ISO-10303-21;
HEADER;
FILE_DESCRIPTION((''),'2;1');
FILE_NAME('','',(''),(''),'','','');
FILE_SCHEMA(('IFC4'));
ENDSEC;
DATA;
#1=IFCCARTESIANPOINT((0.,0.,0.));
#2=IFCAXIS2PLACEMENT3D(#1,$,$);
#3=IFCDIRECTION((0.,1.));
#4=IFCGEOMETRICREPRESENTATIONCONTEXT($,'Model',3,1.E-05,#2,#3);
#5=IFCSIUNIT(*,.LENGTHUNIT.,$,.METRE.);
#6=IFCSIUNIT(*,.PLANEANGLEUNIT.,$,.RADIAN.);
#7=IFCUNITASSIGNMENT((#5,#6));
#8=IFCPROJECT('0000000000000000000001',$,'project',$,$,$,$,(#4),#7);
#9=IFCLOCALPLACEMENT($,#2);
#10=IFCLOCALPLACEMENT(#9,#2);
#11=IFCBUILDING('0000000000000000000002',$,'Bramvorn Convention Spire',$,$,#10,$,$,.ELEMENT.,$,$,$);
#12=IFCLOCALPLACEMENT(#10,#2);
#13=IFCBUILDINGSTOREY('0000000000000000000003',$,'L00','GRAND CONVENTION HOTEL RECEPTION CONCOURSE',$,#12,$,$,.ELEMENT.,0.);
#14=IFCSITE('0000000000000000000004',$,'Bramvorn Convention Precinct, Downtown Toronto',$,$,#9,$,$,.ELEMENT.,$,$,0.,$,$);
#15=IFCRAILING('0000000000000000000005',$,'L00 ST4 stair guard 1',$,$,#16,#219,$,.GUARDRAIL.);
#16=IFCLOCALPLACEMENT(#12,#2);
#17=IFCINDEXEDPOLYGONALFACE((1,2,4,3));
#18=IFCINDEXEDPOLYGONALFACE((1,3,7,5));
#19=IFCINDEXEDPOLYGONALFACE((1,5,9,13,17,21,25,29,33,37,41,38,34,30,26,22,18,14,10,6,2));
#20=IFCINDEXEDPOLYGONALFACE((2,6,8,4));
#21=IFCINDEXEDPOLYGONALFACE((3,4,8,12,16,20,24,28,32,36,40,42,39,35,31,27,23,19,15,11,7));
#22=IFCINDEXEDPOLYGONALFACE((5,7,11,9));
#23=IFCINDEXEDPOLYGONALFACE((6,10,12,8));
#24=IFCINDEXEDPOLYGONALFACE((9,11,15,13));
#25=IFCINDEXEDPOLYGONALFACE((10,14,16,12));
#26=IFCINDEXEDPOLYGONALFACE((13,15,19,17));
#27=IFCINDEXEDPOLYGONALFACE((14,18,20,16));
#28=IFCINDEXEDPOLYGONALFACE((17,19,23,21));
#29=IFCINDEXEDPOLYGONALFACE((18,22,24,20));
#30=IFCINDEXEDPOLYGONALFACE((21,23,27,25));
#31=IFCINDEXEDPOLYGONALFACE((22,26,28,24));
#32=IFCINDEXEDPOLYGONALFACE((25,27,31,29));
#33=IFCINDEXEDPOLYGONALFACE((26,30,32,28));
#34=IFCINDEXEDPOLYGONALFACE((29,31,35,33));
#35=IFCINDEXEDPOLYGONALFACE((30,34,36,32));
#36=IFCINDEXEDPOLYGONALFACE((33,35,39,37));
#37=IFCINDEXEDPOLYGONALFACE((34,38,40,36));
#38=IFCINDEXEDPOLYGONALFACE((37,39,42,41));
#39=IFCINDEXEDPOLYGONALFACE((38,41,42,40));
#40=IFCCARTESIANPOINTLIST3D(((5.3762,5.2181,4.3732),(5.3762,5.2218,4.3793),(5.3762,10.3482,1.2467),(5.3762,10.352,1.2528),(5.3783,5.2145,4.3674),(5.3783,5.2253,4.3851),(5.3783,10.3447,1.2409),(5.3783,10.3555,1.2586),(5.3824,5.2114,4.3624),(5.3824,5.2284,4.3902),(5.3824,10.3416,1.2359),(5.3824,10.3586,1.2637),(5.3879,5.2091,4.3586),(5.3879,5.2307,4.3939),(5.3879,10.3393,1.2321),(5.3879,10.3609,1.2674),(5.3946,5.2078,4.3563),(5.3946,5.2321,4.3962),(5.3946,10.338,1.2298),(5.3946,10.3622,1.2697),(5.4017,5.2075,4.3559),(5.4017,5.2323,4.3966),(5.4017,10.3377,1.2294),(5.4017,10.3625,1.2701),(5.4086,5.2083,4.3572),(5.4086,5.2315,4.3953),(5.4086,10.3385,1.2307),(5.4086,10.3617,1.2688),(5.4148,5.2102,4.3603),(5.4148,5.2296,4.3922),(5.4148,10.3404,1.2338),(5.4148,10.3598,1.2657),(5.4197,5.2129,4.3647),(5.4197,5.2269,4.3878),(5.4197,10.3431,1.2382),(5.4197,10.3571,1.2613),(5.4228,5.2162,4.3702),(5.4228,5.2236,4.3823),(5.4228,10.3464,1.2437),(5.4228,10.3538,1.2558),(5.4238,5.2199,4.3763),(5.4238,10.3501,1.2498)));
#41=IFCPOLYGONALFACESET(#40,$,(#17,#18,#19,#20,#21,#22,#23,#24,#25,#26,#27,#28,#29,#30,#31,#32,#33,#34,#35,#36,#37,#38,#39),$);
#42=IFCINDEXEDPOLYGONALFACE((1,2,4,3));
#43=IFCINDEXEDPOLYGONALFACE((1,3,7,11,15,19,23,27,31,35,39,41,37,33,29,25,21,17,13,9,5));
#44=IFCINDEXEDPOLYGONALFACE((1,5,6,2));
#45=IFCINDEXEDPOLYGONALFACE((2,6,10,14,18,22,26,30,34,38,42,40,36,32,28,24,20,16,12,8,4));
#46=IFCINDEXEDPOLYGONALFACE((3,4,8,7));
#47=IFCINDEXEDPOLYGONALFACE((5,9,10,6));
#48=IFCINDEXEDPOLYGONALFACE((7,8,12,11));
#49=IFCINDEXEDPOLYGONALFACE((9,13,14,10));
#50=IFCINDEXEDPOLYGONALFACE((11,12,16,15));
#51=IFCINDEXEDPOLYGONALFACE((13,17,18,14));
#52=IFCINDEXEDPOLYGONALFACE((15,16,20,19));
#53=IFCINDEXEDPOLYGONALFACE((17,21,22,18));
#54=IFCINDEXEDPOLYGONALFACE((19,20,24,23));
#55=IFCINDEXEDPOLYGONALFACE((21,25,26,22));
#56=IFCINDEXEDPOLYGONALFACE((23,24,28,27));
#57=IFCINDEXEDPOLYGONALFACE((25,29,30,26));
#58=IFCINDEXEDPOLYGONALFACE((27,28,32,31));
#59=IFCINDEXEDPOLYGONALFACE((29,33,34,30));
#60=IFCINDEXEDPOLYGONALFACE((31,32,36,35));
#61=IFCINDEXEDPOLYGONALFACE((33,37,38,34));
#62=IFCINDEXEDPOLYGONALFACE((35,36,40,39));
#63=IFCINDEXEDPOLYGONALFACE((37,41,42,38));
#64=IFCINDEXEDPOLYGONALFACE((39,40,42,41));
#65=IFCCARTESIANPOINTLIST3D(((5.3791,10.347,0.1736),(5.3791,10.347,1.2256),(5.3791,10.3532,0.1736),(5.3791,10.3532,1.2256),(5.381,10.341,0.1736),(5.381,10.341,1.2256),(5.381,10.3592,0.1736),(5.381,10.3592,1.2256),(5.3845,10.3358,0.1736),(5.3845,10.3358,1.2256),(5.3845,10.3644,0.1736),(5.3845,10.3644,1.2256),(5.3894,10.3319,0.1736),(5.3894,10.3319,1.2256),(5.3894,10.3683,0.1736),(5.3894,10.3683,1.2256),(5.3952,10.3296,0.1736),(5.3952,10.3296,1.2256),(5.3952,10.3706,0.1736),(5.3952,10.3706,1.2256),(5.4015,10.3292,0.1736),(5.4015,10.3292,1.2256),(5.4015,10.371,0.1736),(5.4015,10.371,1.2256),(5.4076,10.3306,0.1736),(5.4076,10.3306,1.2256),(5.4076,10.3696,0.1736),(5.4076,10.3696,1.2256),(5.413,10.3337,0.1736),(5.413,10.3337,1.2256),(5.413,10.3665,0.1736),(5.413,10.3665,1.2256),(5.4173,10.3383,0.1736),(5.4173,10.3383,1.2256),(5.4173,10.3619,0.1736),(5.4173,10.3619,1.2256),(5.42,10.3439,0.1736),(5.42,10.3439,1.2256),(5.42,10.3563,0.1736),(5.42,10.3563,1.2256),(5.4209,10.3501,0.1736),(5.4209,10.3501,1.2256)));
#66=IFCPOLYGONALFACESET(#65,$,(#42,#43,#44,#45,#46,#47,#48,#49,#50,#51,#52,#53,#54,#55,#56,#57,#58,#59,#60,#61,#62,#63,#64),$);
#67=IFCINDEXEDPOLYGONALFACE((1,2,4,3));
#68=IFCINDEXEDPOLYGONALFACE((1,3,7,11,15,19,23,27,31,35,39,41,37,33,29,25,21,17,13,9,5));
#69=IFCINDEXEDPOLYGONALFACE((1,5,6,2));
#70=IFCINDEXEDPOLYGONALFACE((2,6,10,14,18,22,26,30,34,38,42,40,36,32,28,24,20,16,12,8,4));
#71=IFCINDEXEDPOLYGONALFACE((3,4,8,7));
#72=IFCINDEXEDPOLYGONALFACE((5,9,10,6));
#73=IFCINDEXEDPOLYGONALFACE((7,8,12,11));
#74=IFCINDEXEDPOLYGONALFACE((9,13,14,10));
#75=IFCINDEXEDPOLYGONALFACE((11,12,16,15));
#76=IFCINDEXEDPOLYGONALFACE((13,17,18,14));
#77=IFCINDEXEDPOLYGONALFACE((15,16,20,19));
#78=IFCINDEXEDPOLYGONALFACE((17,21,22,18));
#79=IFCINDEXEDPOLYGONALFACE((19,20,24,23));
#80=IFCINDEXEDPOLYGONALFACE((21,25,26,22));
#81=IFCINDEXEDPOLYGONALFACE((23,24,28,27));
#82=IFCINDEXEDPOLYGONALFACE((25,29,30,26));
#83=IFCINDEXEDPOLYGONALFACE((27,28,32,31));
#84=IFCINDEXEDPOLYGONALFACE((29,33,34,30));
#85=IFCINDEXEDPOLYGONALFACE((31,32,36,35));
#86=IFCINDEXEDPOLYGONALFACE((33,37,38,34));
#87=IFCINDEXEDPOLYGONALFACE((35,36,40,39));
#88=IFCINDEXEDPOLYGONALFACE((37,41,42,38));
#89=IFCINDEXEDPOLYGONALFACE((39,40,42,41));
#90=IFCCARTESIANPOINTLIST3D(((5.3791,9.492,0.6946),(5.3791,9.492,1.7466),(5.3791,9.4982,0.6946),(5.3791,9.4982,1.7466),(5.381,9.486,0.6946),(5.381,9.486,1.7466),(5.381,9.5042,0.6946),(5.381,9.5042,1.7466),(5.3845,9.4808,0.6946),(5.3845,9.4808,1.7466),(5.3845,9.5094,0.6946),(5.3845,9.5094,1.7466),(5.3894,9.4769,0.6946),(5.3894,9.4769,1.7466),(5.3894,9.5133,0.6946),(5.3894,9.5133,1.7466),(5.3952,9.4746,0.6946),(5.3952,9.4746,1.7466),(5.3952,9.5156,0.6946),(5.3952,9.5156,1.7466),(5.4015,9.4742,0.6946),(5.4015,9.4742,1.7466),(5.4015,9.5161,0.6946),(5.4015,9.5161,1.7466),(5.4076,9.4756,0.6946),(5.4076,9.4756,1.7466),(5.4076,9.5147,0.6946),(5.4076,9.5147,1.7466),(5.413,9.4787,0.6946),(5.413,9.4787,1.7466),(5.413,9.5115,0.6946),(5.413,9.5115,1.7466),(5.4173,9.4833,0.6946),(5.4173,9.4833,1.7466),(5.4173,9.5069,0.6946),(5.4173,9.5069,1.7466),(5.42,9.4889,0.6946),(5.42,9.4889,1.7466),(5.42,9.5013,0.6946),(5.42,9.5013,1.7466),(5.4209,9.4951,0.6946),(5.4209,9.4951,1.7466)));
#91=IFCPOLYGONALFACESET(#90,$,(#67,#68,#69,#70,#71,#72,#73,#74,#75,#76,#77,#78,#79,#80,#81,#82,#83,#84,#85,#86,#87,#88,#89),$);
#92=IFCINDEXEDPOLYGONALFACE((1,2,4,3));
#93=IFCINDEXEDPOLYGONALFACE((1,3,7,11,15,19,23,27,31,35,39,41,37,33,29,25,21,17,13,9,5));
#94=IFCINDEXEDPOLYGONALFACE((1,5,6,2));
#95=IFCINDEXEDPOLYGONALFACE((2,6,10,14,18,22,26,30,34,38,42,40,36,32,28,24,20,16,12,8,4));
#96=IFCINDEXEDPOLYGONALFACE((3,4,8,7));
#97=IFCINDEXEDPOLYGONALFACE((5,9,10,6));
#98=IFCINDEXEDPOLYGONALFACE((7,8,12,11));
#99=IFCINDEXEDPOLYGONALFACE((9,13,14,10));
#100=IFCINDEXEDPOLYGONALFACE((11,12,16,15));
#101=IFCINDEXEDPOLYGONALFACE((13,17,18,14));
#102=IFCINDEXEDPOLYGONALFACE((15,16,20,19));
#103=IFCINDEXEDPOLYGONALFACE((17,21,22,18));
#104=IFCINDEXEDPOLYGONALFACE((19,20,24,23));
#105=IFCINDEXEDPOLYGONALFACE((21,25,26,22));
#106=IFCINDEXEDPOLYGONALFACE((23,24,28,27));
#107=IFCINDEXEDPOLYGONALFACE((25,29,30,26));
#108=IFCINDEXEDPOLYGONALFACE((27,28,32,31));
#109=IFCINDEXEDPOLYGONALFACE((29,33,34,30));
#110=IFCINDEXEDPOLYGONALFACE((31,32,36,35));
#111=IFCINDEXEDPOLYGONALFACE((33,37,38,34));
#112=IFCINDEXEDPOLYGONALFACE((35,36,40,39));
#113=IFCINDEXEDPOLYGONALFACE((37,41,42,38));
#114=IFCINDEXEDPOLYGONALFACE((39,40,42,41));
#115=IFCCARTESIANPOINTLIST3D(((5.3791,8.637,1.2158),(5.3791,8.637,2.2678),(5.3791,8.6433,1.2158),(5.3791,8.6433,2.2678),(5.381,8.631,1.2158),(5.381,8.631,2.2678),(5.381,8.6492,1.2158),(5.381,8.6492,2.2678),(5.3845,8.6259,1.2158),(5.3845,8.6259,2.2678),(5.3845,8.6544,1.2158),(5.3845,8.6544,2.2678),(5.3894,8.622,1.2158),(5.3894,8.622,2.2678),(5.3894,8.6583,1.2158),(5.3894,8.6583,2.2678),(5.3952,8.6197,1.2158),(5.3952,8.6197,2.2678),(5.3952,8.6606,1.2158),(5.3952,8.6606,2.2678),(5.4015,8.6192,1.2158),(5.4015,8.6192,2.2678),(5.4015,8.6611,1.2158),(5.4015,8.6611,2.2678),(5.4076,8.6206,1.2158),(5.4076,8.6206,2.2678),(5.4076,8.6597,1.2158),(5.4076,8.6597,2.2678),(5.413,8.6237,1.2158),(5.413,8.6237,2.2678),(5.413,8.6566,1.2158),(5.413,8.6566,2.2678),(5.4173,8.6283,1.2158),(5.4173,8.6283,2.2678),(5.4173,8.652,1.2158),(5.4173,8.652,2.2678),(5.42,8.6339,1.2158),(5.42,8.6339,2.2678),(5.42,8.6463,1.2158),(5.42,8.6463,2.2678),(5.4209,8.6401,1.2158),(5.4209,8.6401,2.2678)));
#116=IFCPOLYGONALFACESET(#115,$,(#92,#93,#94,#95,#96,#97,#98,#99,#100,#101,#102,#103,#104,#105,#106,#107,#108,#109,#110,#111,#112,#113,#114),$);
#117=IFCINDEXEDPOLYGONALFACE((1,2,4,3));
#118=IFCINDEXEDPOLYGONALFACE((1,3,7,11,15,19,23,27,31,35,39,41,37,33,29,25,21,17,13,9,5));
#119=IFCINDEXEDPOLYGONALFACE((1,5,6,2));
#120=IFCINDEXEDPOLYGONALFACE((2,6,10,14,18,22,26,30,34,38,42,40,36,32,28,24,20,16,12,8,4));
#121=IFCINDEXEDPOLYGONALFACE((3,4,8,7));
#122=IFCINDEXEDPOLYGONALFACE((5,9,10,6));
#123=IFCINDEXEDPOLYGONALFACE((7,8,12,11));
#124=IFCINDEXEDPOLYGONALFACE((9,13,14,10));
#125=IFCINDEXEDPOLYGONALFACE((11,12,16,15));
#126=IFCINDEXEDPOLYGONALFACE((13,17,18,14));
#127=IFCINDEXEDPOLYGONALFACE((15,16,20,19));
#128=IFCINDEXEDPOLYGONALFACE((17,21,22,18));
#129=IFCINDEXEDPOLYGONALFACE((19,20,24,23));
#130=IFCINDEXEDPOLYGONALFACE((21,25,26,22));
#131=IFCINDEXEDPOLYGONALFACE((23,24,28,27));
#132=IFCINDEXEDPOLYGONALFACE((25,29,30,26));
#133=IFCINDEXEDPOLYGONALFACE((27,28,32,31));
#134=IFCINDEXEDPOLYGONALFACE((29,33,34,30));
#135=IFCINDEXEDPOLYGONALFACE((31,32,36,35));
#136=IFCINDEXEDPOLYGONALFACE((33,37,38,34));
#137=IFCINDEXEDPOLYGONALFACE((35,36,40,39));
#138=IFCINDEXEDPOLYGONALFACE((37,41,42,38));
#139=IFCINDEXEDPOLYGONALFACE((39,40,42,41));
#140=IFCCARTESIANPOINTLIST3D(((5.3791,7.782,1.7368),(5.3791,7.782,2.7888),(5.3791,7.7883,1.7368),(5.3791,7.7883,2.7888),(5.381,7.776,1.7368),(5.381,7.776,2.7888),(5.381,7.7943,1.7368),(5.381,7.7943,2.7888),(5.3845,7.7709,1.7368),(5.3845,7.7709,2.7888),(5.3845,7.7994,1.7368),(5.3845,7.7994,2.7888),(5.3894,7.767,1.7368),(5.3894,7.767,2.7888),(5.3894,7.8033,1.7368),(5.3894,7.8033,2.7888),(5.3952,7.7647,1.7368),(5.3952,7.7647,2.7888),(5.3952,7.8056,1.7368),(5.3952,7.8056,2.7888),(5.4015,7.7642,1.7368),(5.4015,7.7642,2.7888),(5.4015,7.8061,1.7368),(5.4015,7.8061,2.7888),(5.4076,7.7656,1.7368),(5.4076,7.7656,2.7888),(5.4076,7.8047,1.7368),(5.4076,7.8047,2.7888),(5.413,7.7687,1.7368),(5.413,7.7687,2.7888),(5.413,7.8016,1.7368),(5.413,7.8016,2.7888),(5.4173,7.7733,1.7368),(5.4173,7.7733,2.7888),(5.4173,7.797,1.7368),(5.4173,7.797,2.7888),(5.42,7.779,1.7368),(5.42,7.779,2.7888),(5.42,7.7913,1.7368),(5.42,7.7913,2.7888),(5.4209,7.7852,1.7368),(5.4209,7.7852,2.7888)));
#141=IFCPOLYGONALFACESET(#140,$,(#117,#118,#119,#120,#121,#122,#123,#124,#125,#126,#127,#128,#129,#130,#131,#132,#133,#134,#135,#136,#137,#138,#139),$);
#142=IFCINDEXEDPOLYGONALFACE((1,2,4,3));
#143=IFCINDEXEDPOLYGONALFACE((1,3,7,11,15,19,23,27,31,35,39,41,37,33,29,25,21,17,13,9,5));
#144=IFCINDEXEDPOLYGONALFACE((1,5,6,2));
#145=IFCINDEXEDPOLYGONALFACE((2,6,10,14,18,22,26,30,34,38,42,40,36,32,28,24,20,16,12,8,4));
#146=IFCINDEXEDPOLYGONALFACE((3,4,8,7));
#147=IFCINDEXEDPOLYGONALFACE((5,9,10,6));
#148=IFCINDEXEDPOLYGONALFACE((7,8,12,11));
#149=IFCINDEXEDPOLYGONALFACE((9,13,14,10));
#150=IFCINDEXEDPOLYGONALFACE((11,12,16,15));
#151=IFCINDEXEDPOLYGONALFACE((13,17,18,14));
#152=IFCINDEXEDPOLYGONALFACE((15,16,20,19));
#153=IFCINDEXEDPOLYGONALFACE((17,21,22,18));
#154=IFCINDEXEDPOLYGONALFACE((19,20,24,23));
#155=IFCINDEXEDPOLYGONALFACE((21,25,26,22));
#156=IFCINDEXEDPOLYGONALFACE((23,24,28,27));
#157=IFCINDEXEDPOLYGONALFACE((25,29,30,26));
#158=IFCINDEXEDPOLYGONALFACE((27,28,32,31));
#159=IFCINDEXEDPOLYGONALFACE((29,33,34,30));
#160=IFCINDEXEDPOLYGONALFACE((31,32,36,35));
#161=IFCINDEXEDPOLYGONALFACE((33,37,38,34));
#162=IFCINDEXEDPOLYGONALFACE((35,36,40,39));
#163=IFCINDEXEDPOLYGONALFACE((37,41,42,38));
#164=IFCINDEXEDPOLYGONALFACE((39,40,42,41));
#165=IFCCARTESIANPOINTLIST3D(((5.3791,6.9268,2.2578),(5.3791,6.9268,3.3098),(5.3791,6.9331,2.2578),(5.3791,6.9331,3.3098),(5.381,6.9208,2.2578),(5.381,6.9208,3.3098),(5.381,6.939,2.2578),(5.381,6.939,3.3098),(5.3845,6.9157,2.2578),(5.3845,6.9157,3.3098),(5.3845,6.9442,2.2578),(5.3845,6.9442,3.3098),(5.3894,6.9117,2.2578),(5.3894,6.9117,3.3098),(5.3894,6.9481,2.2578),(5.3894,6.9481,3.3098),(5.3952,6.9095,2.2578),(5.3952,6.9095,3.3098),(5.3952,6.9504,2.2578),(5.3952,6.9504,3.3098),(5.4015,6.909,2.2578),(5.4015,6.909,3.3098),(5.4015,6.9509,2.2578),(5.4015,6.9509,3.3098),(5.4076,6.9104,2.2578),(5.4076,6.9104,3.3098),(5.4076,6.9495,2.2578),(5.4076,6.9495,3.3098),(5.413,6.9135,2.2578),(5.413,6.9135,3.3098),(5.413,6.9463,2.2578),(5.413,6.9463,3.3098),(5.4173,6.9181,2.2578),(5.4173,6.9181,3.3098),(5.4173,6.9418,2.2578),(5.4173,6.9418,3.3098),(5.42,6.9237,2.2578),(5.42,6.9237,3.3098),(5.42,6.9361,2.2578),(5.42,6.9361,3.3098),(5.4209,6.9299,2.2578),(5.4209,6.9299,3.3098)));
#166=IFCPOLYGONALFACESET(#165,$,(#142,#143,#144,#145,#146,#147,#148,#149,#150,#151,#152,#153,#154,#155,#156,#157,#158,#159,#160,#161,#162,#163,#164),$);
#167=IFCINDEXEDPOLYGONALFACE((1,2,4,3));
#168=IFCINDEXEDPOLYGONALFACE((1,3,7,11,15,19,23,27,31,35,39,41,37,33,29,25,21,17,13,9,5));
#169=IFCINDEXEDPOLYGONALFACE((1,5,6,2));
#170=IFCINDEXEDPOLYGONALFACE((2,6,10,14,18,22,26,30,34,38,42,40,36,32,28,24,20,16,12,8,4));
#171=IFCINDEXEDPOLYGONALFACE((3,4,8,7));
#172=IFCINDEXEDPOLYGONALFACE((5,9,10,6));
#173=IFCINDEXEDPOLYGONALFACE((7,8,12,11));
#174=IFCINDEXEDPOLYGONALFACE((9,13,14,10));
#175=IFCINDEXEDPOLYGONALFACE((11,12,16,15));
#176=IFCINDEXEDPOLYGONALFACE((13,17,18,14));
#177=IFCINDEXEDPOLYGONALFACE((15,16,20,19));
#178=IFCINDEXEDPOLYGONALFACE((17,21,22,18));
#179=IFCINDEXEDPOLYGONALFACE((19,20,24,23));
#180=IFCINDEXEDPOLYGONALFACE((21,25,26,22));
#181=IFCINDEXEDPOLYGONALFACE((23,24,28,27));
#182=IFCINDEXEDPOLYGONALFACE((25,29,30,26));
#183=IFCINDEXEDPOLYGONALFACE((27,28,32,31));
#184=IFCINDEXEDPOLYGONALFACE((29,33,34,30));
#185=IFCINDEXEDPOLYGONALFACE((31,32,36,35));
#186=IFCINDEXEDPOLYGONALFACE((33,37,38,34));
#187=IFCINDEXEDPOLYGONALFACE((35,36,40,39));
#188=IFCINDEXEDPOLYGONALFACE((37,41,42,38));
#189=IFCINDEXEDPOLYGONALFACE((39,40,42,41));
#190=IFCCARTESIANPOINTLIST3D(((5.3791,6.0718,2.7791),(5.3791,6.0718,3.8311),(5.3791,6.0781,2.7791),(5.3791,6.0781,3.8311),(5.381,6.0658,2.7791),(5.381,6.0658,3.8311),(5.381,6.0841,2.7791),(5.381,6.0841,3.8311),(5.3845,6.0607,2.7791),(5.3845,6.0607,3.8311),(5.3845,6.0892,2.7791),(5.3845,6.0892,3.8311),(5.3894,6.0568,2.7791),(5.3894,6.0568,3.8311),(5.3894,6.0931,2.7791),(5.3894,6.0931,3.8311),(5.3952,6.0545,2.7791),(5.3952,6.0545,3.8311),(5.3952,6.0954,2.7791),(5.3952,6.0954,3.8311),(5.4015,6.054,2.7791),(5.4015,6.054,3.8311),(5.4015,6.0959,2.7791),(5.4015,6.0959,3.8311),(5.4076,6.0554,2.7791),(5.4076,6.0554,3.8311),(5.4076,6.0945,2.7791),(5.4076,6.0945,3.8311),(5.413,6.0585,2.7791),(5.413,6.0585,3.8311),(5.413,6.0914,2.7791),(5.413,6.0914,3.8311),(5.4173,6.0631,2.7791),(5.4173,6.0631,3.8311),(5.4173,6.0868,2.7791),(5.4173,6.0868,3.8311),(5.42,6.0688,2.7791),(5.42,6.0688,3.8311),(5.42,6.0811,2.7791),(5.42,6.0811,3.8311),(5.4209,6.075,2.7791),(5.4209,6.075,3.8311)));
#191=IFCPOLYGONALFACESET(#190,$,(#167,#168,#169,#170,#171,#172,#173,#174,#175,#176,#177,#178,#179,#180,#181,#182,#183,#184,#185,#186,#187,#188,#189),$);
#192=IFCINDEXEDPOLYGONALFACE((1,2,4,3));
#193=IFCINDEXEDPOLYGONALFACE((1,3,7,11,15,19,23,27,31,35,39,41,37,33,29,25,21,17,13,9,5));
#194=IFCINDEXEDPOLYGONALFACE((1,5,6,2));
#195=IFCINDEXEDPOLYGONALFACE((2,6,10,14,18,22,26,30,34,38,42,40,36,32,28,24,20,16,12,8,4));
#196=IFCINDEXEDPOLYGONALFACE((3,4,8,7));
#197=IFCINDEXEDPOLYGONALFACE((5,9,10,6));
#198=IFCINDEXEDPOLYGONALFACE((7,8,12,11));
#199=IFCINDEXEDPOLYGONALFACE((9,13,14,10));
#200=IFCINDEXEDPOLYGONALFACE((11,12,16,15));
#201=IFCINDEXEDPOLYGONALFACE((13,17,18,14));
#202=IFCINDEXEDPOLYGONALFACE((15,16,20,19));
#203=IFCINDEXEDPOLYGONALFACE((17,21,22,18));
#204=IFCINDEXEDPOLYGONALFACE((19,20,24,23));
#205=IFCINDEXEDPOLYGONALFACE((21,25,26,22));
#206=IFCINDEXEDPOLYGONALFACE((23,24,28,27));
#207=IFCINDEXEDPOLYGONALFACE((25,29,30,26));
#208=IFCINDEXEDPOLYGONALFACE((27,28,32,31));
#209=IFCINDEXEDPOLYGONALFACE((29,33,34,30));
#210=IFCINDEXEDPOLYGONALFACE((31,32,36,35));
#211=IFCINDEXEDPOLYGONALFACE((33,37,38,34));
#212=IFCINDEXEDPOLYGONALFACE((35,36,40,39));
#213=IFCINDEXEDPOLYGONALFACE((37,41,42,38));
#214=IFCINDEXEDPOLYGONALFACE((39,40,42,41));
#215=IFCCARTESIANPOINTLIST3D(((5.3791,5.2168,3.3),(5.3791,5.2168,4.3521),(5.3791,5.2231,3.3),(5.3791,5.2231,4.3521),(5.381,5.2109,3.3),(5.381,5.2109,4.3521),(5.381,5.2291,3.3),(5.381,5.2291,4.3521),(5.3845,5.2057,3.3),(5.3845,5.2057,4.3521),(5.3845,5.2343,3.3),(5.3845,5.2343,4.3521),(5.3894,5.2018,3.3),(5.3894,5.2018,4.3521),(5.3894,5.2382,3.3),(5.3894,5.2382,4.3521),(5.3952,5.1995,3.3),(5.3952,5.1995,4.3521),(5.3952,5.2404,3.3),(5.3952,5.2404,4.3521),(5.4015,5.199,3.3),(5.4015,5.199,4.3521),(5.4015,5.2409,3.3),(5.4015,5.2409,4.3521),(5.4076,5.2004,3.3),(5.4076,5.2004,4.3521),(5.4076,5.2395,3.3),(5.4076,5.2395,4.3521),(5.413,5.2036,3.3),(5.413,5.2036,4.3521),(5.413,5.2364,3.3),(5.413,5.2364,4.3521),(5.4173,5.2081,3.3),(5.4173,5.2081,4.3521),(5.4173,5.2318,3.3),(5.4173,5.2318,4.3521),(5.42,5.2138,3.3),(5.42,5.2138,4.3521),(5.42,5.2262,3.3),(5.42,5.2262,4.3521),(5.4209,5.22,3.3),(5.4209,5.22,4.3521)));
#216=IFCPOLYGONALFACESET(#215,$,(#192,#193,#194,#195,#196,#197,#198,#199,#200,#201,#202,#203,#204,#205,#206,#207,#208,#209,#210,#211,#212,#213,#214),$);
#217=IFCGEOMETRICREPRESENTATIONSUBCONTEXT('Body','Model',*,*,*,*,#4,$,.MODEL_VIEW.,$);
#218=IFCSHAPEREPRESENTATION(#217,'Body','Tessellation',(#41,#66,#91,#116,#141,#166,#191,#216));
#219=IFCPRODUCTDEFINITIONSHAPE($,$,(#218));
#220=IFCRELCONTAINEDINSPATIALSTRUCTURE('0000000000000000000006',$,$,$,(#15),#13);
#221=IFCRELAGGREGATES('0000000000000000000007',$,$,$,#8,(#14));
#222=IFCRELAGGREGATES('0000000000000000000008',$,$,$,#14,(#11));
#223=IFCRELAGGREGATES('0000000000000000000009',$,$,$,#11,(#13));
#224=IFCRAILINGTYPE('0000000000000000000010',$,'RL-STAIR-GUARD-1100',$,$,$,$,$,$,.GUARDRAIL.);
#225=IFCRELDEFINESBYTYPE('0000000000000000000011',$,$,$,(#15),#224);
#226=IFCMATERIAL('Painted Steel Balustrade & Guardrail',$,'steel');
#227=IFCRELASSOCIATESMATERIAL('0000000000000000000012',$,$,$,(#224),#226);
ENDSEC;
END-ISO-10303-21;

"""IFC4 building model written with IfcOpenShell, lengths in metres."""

from ifc_helpers import new_model, si_unit, direction, frame, origin, origin_2d, place, context, subcontext, project, spatial, circle, extrude, material, type_object, element, save


model = new_model("IFC4")

# Units and contexts
model_context = context("Model", 3, precision=1e-05, world=origin(), true_north=direction((0.0, 1.0)))
body_context = subcontext(model_context, "Body", "Model", "MODEL_VIEW")
ifc_project = project(units=[si_unit("LENGTHUNIT", "METRE"), si_unit("PLANEANGLEUNIT", "RADIAN")], contexts=[model_context])

# Site, building, storey
site_placement = place(None, origin())
site = spatial("IfcSite", under=ifc_project, at=site_placement, Name="Bramvorn Convention Precinct, Downtown Toronto", CompositionType="ELEMENT", RefElevation=0.0)
building_placement = place(site_placement, origin())
building = spatial("IfcBuilding", under=site, at=building_placement, Name="Bramvorn Convention Spire", CompositionType="ELEMENT")
storey_placement = place(building_placement, origin())
storey = spatial("IfcBuildingStorey", under=building, at=storey_placement, Name="L00", Description="GRAND CONVENTION HOTEL RECEPTION CONCOURSE", CompositionType="ELEMENT", Elevation=0.0)

# Railing
ifc_material_1 = material(Name="Painted Steel Balustrade & Guardrail", Category="steel")
railing_type_1 = type_object("IfcRailingType", Name="RL-STAIR-GUARD-1100", PredefinedType="GUARDRAIL", material=ifc_material_1)
railing_1_placement = place(storey_placement, frame((5.3999, 10.3501, 0.1736)))
element("IfcRailing", 1, at=railing_1_placement, inside=storey, type_object=railing_type_1, Name="L00 ST4 stair guard 1", PredefinedType="GUARDRAIL", context=body_context, shape_type="SweptSolid", body=[
    extrude(circle(Radius=0.0239, at=origin_2d()), frame((0.0, 0.0, 1.0762), z_axis=(0.0, -0.853919, 0.520406), x_axis=(1.0, 0.0, 0.0)), (0.0, 0.0, 1.0), 6.0078),
    extrude(circle(Radius=0.021, at=origin_2d()), origin(), (0.0, 0.0, 1.0), 1.052),
    extrude(circle(Radius=0.021, at=origin_2d()), frame((0.0, -0.855, 0.521)), (0.0, 0.0, 1.0), 1.052),
    extrude(circle(Radius=0.021, at=origin_2d()), frame((0.0, -1.71, 1.0422)), (0.0, 0.0, 1.0), 1.052),
    extrude(circle(Radius=0.021, at=origin_2d()), frame((0.0, -2.5649, 1.5632)), (0.0, 0.0, 1.0), 1.052),
    extrude(circle(Radius=0.021, at=origin_2d()), frame((0.0, -3.4202, 2.0842)), (0.0, 0.0, 1.0), 1.052),
    extrude(circle(Radius=0.021, at=origin_2d()), frame((0.0, -4.2751, 2.6055)), (0.0, 0.0, 1.0), 1.052),
    extrude(circle(Radius=0.021, at=origin_2d()), frame((0.0, -5.1301, 3.1265)), (0.0, 0.0, 1.0), 1.052),
])

save(model, "model.ifc")
